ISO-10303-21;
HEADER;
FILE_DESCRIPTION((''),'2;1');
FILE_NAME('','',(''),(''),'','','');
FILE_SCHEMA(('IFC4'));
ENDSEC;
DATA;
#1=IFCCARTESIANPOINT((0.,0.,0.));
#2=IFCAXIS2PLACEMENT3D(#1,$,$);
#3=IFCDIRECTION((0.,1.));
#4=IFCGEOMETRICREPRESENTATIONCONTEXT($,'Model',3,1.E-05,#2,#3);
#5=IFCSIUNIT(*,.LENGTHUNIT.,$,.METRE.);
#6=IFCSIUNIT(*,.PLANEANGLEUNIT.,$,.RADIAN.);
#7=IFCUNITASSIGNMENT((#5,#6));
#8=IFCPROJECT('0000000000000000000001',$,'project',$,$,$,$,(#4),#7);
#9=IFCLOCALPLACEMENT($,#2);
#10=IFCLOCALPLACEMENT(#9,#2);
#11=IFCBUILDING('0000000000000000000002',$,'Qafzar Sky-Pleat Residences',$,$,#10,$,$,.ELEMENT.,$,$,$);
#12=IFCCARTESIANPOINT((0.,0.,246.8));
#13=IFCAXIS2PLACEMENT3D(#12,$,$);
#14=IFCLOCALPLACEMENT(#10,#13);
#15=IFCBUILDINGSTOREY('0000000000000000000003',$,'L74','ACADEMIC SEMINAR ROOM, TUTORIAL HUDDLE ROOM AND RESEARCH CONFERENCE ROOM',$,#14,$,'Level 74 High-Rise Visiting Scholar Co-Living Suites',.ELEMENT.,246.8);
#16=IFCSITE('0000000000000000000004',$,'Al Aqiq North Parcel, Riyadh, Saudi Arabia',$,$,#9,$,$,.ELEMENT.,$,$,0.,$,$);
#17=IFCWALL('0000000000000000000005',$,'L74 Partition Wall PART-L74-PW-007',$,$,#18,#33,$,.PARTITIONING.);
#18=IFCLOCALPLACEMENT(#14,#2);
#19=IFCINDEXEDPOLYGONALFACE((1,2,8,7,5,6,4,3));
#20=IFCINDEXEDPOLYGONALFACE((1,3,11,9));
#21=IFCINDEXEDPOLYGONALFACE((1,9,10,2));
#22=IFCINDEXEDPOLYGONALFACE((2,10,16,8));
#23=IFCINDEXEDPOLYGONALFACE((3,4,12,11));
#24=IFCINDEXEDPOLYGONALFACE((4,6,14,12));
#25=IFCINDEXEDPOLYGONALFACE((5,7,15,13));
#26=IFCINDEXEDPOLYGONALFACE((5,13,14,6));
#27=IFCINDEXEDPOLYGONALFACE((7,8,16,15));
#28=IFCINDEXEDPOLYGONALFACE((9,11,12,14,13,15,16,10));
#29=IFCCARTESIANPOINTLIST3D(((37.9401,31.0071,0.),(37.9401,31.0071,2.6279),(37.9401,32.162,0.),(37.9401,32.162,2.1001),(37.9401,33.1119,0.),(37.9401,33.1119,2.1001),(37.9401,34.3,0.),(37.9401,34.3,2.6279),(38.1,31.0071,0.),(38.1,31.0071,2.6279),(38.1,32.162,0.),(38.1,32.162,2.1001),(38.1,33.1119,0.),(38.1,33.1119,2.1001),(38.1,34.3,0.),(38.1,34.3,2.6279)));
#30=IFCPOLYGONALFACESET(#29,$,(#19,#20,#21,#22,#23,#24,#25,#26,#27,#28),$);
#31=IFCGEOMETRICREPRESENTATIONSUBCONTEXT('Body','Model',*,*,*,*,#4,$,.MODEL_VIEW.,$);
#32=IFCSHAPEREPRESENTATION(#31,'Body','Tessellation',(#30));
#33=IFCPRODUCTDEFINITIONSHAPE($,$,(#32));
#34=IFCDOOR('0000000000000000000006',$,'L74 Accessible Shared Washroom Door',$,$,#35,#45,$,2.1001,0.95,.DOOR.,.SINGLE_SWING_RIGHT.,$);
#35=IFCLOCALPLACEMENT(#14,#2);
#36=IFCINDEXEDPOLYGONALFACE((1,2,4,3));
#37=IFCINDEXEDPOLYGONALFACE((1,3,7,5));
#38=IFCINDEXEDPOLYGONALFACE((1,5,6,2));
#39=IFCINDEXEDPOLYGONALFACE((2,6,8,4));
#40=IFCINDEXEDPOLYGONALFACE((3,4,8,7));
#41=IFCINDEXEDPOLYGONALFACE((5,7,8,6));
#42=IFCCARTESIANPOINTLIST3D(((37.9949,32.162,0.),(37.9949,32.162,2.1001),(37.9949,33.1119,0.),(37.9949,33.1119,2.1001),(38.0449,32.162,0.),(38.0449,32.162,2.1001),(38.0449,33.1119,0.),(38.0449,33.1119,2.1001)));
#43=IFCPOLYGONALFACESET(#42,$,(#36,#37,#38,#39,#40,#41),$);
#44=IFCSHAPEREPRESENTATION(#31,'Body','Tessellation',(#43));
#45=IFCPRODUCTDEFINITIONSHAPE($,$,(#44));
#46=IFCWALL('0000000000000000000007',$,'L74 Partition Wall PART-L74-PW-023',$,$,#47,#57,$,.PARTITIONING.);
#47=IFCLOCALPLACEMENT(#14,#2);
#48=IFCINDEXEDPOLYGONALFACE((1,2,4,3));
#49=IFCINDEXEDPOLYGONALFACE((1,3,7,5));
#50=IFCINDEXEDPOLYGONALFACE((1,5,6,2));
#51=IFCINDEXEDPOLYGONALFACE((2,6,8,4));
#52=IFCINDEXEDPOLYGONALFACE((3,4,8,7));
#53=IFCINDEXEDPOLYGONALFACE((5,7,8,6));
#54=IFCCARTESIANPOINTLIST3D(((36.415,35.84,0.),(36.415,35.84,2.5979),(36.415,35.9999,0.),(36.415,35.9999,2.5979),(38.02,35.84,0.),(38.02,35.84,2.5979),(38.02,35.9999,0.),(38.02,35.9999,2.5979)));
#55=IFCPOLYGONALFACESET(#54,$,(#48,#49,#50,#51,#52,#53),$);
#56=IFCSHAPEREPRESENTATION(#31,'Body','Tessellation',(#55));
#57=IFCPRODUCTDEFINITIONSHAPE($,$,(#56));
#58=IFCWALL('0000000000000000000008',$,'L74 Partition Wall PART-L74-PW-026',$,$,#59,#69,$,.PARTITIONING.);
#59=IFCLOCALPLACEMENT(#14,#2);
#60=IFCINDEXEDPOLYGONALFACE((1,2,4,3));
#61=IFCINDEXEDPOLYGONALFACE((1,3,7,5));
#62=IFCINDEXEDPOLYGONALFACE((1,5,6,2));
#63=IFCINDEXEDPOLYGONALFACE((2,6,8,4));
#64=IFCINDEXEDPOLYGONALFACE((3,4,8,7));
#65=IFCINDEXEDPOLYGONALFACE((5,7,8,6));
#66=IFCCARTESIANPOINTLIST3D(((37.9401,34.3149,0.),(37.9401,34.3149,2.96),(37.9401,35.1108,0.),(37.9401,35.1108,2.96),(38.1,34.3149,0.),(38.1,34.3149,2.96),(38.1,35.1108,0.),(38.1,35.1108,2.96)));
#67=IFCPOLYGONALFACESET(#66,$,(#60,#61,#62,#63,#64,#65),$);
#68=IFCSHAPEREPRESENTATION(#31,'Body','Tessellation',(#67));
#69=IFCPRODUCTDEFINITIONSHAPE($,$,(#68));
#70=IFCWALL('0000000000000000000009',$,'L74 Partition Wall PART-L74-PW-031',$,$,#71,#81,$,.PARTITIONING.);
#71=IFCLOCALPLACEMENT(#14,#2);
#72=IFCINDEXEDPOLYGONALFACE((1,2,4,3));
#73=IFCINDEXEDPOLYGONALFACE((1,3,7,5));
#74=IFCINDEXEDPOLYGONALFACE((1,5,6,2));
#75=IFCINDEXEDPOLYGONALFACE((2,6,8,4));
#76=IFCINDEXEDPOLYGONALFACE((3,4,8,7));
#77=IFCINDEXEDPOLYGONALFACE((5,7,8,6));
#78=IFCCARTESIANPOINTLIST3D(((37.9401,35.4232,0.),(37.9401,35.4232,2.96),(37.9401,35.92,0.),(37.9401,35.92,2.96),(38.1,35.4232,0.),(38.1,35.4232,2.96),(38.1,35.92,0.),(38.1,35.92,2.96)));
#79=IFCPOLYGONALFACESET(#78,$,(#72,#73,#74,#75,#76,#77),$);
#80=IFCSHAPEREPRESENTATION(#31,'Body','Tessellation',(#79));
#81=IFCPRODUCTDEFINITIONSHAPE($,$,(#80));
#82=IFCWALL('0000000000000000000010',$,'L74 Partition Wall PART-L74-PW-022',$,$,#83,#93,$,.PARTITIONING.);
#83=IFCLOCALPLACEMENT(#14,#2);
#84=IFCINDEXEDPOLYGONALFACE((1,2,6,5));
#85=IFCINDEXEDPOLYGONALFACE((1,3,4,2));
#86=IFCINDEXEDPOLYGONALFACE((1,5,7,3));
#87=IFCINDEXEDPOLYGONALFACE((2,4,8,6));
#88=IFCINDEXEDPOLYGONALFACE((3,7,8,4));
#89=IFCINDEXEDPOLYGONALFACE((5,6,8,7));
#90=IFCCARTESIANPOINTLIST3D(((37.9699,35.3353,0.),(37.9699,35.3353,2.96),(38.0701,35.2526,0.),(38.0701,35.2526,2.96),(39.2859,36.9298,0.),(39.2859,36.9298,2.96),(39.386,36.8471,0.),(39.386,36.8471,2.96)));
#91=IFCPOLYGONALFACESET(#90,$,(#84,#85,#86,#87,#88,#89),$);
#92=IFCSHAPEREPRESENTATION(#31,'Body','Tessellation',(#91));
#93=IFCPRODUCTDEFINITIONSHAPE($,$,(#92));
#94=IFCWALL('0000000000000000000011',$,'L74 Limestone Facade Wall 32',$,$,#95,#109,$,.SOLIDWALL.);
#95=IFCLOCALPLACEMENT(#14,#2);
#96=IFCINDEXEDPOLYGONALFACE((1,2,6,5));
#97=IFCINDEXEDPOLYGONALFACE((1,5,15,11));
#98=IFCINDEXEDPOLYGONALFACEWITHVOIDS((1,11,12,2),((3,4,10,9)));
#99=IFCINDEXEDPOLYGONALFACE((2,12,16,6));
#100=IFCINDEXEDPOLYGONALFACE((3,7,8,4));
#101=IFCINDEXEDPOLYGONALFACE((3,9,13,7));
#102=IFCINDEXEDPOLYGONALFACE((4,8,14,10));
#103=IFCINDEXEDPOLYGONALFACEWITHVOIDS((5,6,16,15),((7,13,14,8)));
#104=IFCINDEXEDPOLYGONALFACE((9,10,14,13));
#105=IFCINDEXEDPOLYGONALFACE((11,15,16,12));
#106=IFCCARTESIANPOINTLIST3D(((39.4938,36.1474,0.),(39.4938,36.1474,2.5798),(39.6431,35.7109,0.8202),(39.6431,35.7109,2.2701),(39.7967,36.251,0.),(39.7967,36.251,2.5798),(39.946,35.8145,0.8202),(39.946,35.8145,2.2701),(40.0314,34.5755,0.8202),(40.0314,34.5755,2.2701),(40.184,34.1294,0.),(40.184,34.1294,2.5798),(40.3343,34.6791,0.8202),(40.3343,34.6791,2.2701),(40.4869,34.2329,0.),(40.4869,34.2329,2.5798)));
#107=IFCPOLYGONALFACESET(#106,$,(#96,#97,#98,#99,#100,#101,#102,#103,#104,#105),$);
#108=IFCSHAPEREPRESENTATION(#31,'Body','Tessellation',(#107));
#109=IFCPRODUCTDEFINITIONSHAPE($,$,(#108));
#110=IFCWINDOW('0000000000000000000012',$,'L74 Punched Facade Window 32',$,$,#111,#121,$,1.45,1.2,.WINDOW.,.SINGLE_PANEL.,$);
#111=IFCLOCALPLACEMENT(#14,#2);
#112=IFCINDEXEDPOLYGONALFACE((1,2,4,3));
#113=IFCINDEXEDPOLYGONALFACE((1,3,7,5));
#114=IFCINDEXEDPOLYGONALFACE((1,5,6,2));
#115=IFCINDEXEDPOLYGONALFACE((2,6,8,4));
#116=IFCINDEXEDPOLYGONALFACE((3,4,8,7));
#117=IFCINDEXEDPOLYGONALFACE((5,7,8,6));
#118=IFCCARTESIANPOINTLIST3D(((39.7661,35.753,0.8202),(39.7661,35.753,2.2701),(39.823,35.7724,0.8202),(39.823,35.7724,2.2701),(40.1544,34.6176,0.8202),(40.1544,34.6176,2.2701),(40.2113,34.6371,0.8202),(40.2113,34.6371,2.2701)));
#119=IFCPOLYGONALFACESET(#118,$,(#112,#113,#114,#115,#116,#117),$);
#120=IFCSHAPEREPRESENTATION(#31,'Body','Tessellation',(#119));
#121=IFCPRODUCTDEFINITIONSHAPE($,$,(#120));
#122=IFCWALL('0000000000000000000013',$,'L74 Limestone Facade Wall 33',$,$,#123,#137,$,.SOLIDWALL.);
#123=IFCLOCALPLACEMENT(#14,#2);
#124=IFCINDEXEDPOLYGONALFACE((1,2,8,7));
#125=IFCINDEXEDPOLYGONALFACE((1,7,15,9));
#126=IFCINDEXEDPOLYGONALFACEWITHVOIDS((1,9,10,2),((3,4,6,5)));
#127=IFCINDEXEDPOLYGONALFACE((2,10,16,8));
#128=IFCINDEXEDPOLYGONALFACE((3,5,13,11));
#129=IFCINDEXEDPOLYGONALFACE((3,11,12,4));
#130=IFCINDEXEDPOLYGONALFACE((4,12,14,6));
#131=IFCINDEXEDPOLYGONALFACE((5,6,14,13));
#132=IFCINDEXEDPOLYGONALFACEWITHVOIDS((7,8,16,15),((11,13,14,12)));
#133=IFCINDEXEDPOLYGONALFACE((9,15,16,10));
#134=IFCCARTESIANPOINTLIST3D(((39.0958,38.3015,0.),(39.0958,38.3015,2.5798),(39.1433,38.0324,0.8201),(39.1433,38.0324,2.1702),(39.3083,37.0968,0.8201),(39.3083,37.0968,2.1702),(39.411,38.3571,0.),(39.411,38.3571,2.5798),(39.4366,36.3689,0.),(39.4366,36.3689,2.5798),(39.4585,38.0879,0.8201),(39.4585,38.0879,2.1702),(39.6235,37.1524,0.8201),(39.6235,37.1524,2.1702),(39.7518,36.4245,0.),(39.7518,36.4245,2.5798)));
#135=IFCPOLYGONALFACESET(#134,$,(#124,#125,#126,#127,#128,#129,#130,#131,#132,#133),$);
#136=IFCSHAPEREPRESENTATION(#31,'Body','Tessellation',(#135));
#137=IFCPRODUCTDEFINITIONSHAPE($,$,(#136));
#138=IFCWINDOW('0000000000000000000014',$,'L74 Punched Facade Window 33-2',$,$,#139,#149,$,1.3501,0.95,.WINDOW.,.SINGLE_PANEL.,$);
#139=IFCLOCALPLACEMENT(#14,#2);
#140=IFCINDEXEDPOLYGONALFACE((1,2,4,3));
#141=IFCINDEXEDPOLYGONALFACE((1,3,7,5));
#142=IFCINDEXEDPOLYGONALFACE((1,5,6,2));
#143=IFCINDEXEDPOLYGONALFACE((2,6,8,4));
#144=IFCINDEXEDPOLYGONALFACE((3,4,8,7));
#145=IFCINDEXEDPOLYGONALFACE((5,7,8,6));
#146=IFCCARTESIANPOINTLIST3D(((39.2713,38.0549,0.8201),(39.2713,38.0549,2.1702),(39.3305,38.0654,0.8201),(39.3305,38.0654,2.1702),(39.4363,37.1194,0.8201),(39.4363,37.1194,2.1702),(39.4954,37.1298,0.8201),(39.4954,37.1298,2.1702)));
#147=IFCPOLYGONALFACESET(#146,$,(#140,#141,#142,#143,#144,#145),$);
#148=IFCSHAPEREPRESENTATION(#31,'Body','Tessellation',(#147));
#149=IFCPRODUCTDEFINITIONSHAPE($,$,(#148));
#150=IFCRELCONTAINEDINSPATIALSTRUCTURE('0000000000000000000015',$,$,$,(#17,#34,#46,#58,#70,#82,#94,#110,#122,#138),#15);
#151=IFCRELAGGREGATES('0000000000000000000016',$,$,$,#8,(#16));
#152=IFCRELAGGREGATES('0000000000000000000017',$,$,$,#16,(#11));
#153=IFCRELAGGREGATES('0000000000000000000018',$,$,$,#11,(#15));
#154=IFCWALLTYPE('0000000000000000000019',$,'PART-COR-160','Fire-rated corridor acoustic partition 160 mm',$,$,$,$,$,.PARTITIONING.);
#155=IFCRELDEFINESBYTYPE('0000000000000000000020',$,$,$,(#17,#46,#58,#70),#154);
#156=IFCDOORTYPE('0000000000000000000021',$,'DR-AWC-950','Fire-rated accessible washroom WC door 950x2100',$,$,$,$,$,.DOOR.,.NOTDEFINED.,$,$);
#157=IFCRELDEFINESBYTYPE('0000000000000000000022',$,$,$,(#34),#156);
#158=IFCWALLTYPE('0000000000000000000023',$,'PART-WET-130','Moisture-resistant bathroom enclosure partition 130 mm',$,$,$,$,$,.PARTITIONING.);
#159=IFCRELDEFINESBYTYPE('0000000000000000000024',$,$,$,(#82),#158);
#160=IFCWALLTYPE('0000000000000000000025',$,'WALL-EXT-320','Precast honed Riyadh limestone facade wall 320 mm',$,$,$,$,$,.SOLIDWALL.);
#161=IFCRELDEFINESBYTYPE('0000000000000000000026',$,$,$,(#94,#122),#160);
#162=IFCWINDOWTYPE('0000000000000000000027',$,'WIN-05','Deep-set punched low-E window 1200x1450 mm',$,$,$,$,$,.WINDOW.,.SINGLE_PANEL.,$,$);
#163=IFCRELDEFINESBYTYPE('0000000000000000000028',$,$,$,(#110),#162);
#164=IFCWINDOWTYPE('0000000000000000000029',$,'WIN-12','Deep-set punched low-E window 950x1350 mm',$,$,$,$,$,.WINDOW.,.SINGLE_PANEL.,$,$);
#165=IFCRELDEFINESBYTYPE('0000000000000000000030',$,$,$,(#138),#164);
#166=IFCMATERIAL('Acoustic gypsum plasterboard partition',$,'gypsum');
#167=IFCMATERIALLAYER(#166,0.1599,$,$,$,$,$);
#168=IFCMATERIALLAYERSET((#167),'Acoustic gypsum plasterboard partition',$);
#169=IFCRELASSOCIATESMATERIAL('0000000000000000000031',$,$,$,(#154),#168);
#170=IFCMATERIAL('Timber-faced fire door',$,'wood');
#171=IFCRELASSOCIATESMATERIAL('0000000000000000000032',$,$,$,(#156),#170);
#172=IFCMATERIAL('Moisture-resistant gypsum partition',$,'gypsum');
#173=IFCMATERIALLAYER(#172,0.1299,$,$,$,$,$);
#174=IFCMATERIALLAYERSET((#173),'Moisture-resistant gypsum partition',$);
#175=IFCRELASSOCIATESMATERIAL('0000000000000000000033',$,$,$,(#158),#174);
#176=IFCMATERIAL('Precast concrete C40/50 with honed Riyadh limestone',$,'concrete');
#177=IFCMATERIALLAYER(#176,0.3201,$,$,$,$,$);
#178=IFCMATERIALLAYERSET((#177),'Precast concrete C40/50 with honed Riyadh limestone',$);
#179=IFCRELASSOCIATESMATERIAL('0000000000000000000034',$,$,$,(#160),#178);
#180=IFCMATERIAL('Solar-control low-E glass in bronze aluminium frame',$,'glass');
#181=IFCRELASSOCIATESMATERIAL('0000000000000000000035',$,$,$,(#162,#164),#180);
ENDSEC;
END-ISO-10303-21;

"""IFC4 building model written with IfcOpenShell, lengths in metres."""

from ifc_helpers import new_model, si_unit, direction, frame, frame_2d, origin, place, context, subcontext, project, spatial, rectangle, extrude, source, transform, mapped, material, layer, layer_set, type_object, element, fill, save


model = new_model("IFC4")

# Units and contexts
model_context = context("Model", 3, precision=1e-05, world=origin(), true_north=direction((0.0, 1.0)))
body_context = subcontext(model_context, "Body", "Model", "MODEL_VIEW")
ifc_project = project(units=[si_unit("LENGTHUNIT", "METRE"), si_unit("PLANEANGLEUNIT", "RADIAN")], contexts=[model_context])

# Site, building, storey
site_placement = place(None, origin())
site = spatial("IfcSite", under=ifc_project, at=site_placement, Name="Al Aqiq North Parcel, Riyadh, Saudi Arabia", CompositionType="ELEMENT", RefElevation=0.0)
building_placement = place(site_placement, origin())
building = spatial("IfcBuilding", under=site, at=building_placement, Name="Qafzar Sky-Pleat Residences", CompositionType="ELEMENT")
storey_placement = place(building_placement, frame((0.0, 0.0, 246.8)))
storey = spatial("IfcBuildingStorey", under=building, at=storey_placement, Name="L74", Description="ACADEMIC SEMINAR ROOM, TUTORIAL HUDDLE ROOM AND RESEARCH CONFERENCE ROOM", LongName="Level 74 High-Rise Visiting Scholar Co-Living Suites", CompositionType="ELEMENT", Elevation=246.8)

# Wall, opening, door
ifc_material_1 = material(Name="Acoustic gypsum plasterboard partition", Category="gypsum")
ifc_layer_1 = layer(ifc_material_1, 0.1599)
ifc_layer_set_1 = layer_set([ifc_layer_1], Name="Acoustic gypsum plasterboard partition")
wall_type_1 = type_object("IfcWallType", Name="PART-COR-160", Description="Fire-rated corridor acoustic partition 160 mm", PredefinedType="PARTITIONING", material=ifc_layer_set_1)
wall_1_placement = place(storey_placement, frame((38.02, 34.3, 0.0), z_axis=(0.0, 0.0, 1.0), x_axis=(0.0, -1.0, 0.0)))
wall_1 = element("IfcWall", 1, at=wall_1_placement, inside=storey, type_object=wall_type_1, Name="L74 Partition Wall PART-L74-PW-007", PredefinedType="PARTITIONING", context=body_context, shape_type="SweptSolid", body=[
    extrude(rectangle(XDim=3.293, YDim=0.1599, at=frame_2d((1.6465, 0.0))), origin(), (0.0, 0.0, 1.0), 2.6279),
])
opening_1_placement = place(wall_1_placement, frame((1.188, 0.0, 0.0)))
opening_1 = element("IfcOpeningElement", 2, at=opening_1_placement, cuts=wall_1, PredefinedType="OPENING", context=body_context, shape_type="SweptSolid", body=[
    extrude(rectangle(XDim=0.95, YDim=2.1001, at=frame_2d((0.4751, 1.05))), frame((0.0, 0.0898, 0.0), z_axis=(0.0, -1.0, 0.0), x_axis=(1.0, 0.0, 0.0)), (0.0, 0.0, 1.0), 0.1799),
])
ifc_material_2 = material(Name="Timber-faced fire door", Category="wood")
door_type = type_object("IfcDoorType", Name="DR-AWC-950", Description="Fire-rated accessible washroom WC door 950x2100", OperationType="NOTDEFINED", PredefinedType="DOOR", material=ifc_material_2)
shared_shape_1 = source(origin(), body_context, "Body", "SweptSolid", [
    extrude(rectangle(XDim=0.95, YDim=2.1001, at=frame_2d((0.4751, 1.05))), frame((0.0, 0.0249, 0.0), z_axis=(0.0, -1.0, 0.0), x_axis=(1.0, 0.0, 0.0)), (0.0, 0.0, 1.0), 0.05),
])
door_placement = place(opening_1_placement, origin())
door = element("IfcDoor", 3, at=door_placement, inside=storey, type_object=door_type, Name="L74 Accessible Shared Washroom Door", OperationType="SINGLE_SWING_RIGHT", OverallHeight=2.1001, OverallWidth=0.95, PredefinedType="DOOR", context=body_context, shape_type="MappedRepresentation", body=[
    mapped(shared_shape_1, transform((0.0, 0.0, 0.0), x_axis=(1.0, 0.0, 0.0), y_axis=(0.0, 1.0, 0.0), z_axis=(0.0, 0.0, 1.0), scale=1.0)),
])
fill(opening_1, door)

# Walls
wall_2_placement = place(storey_placement, frame((36.415, 35.9199, 0.0), z_axis=(0.0, 0.0, 1.0), x_axis=(1.0, 0.0, 0.0)))
element("IfcWall", 4, at=wall_2_placement, inside=storey, type_object=wall_type_1, Name="L74 Partition Wall PART-L74-PW-023", PredefinedType="PARTITIONING", context=body_context, shape_type="SweptSolid", body=[
    extrude(rectangle(XDim=1.605, YDim=0.1599, at=frame_2d((0.8025, 0.0))), origin(), (0.0, 0.0, 1.0), 2.5979),
])
wall_3_placement = place(storey_placement, frame((38.02, 34.3149, 0.0), z_axis=(0.0, 0.0, 1.0), x_axis=(0.0, 1.0, 0.0)))
element("IfcWall", 5, at=wall_3_placement, inside=storey, type_object=wall_type_1, Name="L74 Partition Wall PART-L74-PW-026", PredefinedType="PARTITIONING", context=body_context, shape_type="SweptSolid", body=[
    extrude(rectangle(XDim=0.7959, YDim=0.1599, at=frame_2d((0.3979, 0.0))), origin(), (0.0, 0.0, 1.0), 2.96),
])
wall_4_placement = place(storey_placement, frame((38.02, 35.4231, 0.0), z_axis=(0.0, 0.0, 1.0), x_axis=(0.0, 1.0, 0.0)))
element("IfcWall", 6, at=wall_4_placement, inside=storey, type_object=wall_type_1, Name="L74 Partition Wall PART-L74-PW-031", PredefinedType="PARTITIONING", context=body_context, shape_type="SweptSolid", body=[
    extrude(rectangle(XDim=0.4968, YDim=0.1599, at=frame_2d((0.2485, 0.0))), origin(), (0.0, 0.0, 1.0), 2.96),
])
ifc_material_3 = material(Name="Moisture-resistant gypsum partition", Category="gypsum")
ifc_layer_2 = layer(ifc_material_3, 0.1299)
ifc_layer_set_2 = layer_set([ifc_layer_2], Name="Moisture-resistant gypsum partition")
wall_type_2 = type_object("IfcWallType", Name="PART-WET-130", Description="Moisture-resistant bathroom enclosure partition 130 mm", PredefinedType="PARTITIONING", material=ifc_layer_set_2)
wall_5_placement = place(storey_placement, frame((38.02, 35.2939, 0.0), z_axis=(0.0, 0.0, 1.0), x_axis=(0.636518, 0.771262, 0.0)))
element("IfcWall", 7, at=wall_5_placement, inside=storey, type_object=wall_type_2, Name="L74 Partition Wall PART-L74-PW-022", PredefinedType="PARTITIONING", context=body_context, shape_type="SweptSolid", body=[
    extrude(rectangle(XDim=2.0674, YDim=0.1299, at=frame_2d((1.0337, 0.0))), origin(), (0.0, 0.0, 1.0), 2.96),
])

# Walls, openings, windows
ifc_material_4 = material(Name="Precast concrete C40/50 with honed Riyadh limestone", Category="concrete")
ifc_layer_3 = layer(ifc_material_4, 0.3201)
ifc_layer_set_3 = layer_set([ifc_layer_3], Name="Precast concrete C40/50 with honed Riyadh limestone")
wall_type_3 = type_object("IfcWallType", Name="WALL-EXT-320", Description="Precast honed Riyadh limestone facade wall 320 mm", PredefinedType="SOLIDWALL", material=ifc_layer_set_3)
wall_6_placement = place(storey_placement, frame((40.3354, 34.1812, 0.0), z_axis=(0.0, 0.0, 1.0), x_axis=(-0.323601, 0.946194, 0.0)))
wall_6 = element("IfcWall", 8, at=wall_6_placement, inside=storey, type_object=wall_type_3, Name="L74 Limestone Facade Wall 32", PredefinedType="SOLIDWALL", context=body_context, shape_type="SweptSolid", body=[
    extrude(rectangle(XDim=2.1328, YDim=0.3201, at=frame_2d((1.0664, 0.0))), origin(), (0.0, 0.0, 1.0), 2.5798),
])
opening_2_placement = place(wall_6_placement, frame((0.4714, 0.0, 0.8201)))
opening_2 = element("IfcOpeningElement", 9, at=opening_2_placement, cuts=wall_6, PredefinedType="OPENING", context=body_context, shape_type="SweptSolid", body=[
    extrude(rectangle(XDim=1.2, YDim=1.45, at=frame_2d((0.6001, 0.7251))), frame((0.0, 0.1699, 0.0), z_axis=(0.0, -1.0, 0.0), x_axis=(1.0, 0.0, 0.0)), (0.0, 0.0, 1.0), 0.3401),
])
ifc_material_5 = material(Name="Solar-control low-E glass in bronze aluminium frame", Category="glass")
window_type_1 = type_object("IfcWindowType", Name="WIN-05", Description="Deep-set punched low-E window 1200x1450 mm", PartitioningType="SINGLE_PANEL", PredefinedType="WINDOW", material=ifc_material_5)
shared_shape_2 = source(origin(), body_context, "Body", "SweptSolid", [
    extrude(rectangle(XDim=1.2, YDim=1.45, at=frame_2d((0.6001, 0.7251))), frame((0.0, 0.03, 0.0), z_axis=(0.0, -1.0, 0.0), x_axis=(1.0, 0.0, 0.0)), (0.0, 0.0, 1.0), 0.0601),
])
window_1_placement = place(opening_2_placement, origin())
window_1 = element("IfcWindow", 10, at=window_1_placement, inside=storey, type_object=window_type_1, Name="L74 Punched Facade Window 32", OverallHeight=1.45, OverallWidth=1.2, PartitioningType="SINGLE_PANEL", PredefinedType="WINDOW", context=body_context, shape_type="MappedRepresentation", body=[
    mapped(shared_shape_2, transform((0.0, 0.0, 0.0), x_axis=(1.0, 0.0, 0.0), y_axis=(0.0, 1.0, 0.0), z_axis=(0.0, 0.0, 1.0), scale=1.0)),
])
fill(opening_2, window_1)
wall_7_placement = place(storey_placement, frame((39.5942, 36.3967, 0.0), z_axis=(0.0, 0.0, 1.0), x_axis=(-0.173672, 0.984804, 0.0)))
wall_7 = element("IfcWall", 11, at=wall_7_placement, inside=storey, type_object=wall_type_3, Name="L74 Limestone Facade Wall 33", PredefinedType="SOLIDWALL", context=body_context, shape_type="SweptSolid", body=[
    extrude(rectangle(XDim=1.9624, YDim=0.3201, at=frame_2d((0.9812, 0.0))), origin(), (0.0, 0.0, 1.0), 2.5798),
])
opening_3_placement = place(wall_7_placement, frame((0.739, 0.0, 0.8201)))
opening_3 = element("IfcOpeningElement", 12, at=opening_3_placement, cuts=wall_7, PredefinedType="OPENING", context=body_context, shape_type="SweptSolid", body=[
    extrude(rectangle(XDim=0.95, YDim=1.3501, at=frame_2d((0.4751, 0.675))), frame((0.0, 0.1699, 0.0), z_axis=(0.0, -1.0, 0.0), x_axis=(1.0, 0.0, 0.0)), (0.0, 0.0, 1.0), 0.3401),
])
window_type_2 = type_object("IfcWindowType", Name="WIN-12", Description="Deep-set punched low-E window 950x1350 mm", PartitioningType="SINGLE_PANEL", PredefinedType="WINDOW", material=ifc_material_5)
shared_shape_3 = source(origin(), body_context, "Body", "SweptSolid", [
    extrude(rectangle(XDim=0.95, YDim=1.3501, at=frame_2d((0.4751, 0.675))), frame((0.0, 0.03, 0.0), z_axis=(0.0, -1.0, 0.0), x_axis=(1.0, 0.0, 0.0)), (0.0, 0.0, 1.0), 0.0601),
])
window_2_placement = place(opening_3_placement, origin())
window_2 = element("IfcWindow", 13, at=window_2_placement, inside=storey, type_object=window_type_2, Name="L74 Punched Facade Window 33-2", OverallHeight=1.3501, OverallWidth=0.95, PartitioningType="SINGLE_PANEL", PredefinedType="WINDOW", context=body_context, shape_type="MappedRepresentation", body=[
    mapped(shared_shape_3, transform((0.0, 0.0, 0.0), x_axis=(1.0, 0.0, 0.0), y_axis=(0.0, 1.0, 0.0), z_axis=(0.0, 0.0, 1.0), scale=1.0)),
])
fill(opening_3, window_2)

save(model, "model.ifc")
